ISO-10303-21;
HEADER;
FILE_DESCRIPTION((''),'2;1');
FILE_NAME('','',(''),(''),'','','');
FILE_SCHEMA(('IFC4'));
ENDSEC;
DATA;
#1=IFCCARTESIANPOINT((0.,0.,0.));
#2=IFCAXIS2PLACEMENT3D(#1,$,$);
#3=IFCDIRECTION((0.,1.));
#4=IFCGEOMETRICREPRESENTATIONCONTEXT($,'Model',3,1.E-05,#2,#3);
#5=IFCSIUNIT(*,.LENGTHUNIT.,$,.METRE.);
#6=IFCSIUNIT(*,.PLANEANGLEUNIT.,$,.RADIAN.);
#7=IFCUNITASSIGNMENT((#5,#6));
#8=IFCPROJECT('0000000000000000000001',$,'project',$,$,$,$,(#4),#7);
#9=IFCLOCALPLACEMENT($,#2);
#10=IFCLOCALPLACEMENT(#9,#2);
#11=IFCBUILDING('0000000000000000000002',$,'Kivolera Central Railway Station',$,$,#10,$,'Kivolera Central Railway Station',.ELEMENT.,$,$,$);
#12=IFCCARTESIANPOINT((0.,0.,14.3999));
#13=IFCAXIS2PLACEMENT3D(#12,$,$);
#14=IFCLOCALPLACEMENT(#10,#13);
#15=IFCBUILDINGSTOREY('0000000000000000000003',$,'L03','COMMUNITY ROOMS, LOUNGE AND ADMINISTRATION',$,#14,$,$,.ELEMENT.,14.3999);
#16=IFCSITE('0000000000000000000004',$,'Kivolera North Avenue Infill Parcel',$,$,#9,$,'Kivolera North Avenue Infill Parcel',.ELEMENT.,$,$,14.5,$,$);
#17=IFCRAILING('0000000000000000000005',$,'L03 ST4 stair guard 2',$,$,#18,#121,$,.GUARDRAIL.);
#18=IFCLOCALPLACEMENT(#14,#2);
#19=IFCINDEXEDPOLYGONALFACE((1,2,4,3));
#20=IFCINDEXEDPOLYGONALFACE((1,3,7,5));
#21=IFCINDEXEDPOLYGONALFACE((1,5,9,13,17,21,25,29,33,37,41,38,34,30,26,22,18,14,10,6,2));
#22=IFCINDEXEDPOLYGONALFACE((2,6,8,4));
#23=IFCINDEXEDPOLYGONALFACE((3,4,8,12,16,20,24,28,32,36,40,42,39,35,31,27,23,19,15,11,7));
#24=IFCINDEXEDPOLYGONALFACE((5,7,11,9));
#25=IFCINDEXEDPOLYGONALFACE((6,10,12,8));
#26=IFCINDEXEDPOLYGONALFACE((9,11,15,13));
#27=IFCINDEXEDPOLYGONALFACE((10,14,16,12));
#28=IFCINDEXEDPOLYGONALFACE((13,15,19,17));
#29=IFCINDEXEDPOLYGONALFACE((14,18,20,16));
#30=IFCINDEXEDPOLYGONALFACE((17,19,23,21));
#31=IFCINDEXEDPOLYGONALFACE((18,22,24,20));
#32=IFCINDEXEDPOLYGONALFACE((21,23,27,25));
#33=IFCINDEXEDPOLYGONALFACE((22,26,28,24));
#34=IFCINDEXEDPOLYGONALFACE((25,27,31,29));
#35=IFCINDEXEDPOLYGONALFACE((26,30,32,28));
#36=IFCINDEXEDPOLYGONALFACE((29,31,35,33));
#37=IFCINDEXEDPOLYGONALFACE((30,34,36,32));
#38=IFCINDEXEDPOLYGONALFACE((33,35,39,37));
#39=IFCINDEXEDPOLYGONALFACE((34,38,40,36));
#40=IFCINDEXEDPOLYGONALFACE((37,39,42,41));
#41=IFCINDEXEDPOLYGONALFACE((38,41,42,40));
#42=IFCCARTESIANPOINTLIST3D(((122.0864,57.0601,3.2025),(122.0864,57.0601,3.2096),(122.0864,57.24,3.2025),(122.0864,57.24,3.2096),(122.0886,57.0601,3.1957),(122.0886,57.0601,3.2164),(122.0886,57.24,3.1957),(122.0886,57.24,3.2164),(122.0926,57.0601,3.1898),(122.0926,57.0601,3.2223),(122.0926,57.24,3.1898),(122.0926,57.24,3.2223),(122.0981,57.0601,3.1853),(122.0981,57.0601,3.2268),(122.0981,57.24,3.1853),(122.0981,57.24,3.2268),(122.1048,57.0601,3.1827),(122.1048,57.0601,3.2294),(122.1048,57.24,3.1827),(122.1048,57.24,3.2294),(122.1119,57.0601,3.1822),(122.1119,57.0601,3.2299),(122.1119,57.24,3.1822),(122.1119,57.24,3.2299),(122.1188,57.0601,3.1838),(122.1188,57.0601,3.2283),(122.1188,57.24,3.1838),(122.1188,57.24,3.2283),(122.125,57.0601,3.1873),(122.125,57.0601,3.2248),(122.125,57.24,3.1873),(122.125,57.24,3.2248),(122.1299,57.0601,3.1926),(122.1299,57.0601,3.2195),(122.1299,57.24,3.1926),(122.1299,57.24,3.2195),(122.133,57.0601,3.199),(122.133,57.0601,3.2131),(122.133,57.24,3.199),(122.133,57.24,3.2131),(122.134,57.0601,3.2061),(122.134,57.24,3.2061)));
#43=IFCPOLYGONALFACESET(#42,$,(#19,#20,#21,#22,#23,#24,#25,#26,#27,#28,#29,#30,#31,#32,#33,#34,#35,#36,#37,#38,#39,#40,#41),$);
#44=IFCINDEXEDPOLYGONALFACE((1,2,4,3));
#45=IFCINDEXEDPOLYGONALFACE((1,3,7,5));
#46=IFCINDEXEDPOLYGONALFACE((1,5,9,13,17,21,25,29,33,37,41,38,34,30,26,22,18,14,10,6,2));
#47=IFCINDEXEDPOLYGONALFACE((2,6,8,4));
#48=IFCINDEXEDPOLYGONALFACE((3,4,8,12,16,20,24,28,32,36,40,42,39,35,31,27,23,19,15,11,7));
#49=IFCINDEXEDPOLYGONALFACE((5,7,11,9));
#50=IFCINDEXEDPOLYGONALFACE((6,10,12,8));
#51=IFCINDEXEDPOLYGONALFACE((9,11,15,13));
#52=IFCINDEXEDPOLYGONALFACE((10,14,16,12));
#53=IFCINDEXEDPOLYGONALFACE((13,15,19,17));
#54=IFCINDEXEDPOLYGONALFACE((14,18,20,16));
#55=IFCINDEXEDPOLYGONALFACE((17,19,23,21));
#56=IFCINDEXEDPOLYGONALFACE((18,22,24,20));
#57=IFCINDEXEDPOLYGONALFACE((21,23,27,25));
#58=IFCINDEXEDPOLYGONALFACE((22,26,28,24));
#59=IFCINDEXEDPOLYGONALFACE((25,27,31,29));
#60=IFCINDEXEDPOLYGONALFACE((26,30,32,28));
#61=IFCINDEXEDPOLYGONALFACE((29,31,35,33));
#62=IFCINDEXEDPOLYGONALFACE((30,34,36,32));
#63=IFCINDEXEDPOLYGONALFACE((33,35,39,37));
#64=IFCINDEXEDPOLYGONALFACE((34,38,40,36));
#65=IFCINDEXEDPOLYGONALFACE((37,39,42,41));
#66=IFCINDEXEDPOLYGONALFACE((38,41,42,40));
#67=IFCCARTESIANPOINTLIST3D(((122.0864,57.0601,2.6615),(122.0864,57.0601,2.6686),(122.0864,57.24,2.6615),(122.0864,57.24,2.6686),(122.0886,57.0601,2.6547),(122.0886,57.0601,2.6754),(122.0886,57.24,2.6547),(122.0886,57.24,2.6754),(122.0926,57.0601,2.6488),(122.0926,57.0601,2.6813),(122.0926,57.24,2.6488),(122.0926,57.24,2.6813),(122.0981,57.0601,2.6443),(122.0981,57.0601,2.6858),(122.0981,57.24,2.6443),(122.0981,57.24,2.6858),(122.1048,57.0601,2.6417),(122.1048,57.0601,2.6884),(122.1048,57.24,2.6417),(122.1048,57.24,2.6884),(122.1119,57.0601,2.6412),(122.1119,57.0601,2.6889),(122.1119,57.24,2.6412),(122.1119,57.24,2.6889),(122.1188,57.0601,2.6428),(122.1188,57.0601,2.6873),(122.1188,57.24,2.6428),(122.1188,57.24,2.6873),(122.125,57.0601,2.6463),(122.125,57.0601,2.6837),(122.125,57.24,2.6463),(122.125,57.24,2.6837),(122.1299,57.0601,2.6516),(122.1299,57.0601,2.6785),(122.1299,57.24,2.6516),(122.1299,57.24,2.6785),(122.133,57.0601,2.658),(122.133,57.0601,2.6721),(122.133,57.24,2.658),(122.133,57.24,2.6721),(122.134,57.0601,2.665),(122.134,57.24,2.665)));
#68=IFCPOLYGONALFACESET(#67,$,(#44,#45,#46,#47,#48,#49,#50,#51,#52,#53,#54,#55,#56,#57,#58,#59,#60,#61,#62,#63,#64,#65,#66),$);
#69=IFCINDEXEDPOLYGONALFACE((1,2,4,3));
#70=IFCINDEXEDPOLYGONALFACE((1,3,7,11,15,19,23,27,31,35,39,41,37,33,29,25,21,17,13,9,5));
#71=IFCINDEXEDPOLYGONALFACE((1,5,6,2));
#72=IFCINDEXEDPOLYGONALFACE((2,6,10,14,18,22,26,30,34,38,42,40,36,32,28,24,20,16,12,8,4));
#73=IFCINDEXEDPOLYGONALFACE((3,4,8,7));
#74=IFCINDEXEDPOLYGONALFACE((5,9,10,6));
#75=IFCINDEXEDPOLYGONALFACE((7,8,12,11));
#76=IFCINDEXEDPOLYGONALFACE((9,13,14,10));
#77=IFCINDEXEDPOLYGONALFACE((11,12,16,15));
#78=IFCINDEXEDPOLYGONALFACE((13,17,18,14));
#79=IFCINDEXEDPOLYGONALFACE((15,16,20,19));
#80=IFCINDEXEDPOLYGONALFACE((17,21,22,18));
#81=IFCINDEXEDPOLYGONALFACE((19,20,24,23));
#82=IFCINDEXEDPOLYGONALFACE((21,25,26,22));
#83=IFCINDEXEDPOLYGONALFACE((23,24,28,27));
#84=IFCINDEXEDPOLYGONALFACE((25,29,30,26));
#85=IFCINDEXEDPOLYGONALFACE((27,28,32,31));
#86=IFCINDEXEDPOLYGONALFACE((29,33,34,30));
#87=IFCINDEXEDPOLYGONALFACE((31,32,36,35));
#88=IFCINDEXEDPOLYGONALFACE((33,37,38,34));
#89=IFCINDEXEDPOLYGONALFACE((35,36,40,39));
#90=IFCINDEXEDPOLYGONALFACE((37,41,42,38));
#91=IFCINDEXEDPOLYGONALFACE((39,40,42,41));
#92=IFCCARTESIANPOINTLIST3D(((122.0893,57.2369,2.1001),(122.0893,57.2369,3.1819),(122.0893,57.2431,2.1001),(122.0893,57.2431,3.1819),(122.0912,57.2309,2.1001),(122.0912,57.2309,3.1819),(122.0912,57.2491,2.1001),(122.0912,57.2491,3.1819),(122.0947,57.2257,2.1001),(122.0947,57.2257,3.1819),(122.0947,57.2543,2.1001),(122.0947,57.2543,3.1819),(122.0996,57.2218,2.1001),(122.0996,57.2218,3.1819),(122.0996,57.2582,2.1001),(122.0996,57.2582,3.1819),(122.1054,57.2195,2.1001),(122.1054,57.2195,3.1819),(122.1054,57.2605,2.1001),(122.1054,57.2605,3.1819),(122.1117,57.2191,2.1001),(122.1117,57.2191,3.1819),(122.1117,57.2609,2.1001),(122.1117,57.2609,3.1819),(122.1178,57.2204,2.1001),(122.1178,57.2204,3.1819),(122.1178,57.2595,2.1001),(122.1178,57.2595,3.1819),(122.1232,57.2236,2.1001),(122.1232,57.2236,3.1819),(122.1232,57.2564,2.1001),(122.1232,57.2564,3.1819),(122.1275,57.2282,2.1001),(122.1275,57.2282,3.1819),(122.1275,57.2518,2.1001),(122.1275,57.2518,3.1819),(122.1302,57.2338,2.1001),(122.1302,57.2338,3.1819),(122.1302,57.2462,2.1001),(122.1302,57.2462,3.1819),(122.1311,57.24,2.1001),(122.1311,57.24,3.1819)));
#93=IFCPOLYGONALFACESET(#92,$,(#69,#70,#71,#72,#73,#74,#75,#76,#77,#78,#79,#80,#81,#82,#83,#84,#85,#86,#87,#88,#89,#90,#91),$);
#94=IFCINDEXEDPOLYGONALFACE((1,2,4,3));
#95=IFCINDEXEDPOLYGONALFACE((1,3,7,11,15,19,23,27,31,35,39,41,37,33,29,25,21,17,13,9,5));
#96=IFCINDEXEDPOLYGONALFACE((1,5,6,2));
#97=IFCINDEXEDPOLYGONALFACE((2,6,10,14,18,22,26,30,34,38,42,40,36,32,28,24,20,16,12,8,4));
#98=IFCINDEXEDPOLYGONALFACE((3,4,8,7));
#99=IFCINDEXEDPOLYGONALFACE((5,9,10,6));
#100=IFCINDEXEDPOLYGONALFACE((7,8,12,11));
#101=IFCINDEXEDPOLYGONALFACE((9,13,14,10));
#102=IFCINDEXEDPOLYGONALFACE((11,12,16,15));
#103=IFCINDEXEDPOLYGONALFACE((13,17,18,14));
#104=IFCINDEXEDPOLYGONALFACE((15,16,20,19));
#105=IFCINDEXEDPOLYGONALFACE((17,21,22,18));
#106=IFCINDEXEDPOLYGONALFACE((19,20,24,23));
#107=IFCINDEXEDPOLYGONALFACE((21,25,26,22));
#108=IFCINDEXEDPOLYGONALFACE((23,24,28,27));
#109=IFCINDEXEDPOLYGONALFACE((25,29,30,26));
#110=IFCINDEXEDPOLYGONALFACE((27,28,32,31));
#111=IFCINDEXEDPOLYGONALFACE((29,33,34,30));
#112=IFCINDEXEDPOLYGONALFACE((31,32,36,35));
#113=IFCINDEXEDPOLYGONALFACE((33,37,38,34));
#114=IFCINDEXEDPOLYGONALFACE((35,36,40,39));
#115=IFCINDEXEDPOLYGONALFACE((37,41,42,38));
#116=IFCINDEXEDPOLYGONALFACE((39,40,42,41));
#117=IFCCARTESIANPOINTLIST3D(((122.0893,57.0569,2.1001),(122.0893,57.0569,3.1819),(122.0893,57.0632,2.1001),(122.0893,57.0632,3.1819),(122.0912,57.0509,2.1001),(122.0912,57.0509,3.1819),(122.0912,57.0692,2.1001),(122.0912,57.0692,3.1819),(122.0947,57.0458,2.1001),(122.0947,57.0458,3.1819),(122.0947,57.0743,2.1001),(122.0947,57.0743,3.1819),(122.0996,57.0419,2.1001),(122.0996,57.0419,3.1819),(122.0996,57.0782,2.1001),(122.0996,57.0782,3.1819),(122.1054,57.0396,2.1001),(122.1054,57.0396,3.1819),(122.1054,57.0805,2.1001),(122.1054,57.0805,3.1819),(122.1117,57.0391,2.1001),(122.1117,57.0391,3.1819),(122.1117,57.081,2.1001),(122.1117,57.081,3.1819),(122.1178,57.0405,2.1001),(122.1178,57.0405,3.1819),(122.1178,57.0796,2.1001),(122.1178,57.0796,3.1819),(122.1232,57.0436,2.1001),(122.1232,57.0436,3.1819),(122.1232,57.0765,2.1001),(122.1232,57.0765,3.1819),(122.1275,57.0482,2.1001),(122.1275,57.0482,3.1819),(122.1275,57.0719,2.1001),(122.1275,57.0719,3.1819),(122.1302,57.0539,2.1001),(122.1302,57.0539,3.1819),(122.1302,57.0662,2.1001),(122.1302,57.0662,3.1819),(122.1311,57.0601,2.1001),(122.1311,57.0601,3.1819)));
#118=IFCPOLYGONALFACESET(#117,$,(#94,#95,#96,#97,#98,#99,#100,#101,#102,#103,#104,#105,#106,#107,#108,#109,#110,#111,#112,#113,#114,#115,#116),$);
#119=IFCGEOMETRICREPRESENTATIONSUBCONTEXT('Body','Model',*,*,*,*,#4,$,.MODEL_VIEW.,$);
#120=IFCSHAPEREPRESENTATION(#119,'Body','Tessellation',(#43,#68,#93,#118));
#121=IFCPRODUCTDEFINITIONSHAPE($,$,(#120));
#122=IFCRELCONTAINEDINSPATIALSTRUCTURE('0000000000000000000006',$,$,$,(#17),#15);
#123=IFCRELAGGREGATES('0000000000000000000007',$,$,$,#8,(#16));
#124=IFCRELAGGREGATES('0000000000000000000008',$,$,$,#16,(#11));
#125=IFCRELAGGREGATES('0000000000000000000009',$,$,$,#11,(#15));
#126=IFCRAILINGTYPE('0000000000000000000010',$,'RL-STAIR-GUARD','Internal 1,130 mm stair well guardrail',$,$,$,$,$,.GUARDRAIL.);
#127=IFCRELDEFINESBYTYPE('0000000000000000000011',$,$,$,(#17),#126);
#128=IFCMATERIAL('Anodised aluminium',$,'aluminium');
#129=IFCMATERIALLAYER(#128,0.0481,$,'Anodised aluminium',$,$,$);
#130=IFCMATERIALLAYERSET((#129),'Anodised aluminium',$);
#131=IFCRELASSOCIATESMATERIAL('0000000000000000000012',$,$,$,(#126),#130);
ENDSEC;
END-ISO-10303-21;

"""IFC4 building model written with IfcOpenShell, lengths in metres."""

from ifc_helpers import new_model, si_unit, direction, frame, origin, origin_2d, place, context, subcontext, project, spatial, circle, extrude, material, layer, layer_set, type_object, element, save


model = new_model("IFC4")

# Units and contexts
model_context = context("Model", 3, precision=1e-05, world=origin(), true_north=direction((0.0, 1.0)))
body_context = subcontext(model_context, "Body", "Model", "MODEL_VIEW")
ifc_project = project(units=[si_unit("LENGTHUNIT", "METRE"), si_unit("PLANEANGLEUNIT", "RADIAN")], contexts=[model_context])

# Site, building, storey
site_placement = place(None, origin())
site = spatial("IfcSite", under=ifc_project, at=site_placement, Name="Kivolera North Avenue Infill Parcel", LongName="Kivolera North Avenue Infill Parcel", CompositionType="ELEMENT", RefElevation=14.5)
building_placement = place(site_placement, origin())
building = spatial("IfcBuilding", under=site, at=building_placement, Name="Kivolera Central Railway Station", LongName="Kivolera Central Railway Station", CompositionType="ELEMENT")
storey_placement = place(building_placement, frame((0.0, 0.0, 14.3999)))
storey = spatial("IfcBuildingStorey", under=building, at=storey_placement, Name="L03", Description="COMMUNITY ROOMS, LOUNGE AND ADMINISTRATION", CompositionType="ELEMENT", Elevation=14.3999)

# Shared definitions
ifc_material_1 = material(Name="Anodised aluminium", Category="aluminium")

# Railing
ifc_layer_1 = layer(ifc_material_1, 0.0481, Name="Anodised aluminium")
ifc_layer_set_1 = layer_set([ifc_layer_1], Name="Anodised aluminium")
railing_type_1 = type_object("IfcRailingType", Name="RL-STAIR-GUARD", Description="Internal 1,130 mm stair well guardrail", PredefinedType="GUARDRAIL", material=ifc_layer_set_1)
railing_1_placement = place(storey_placement, frame((122.1101, 57.24, 2.1001)))
element("IfcRailing", 1, at=railing_1_placement, inside=storey, type_object=railing_type_1, Name="L03 ST4 stair guard 2", PredefinedType="GUARDRAIL", context=body_context, shape_type="SweptSolid", body=[
    extrude(circle(Radius=0.0239, at=origin_2d()), frame((0.0, 0.0, 1.106), z_axis=(0.0, -1.0, 0.0), x_axis=(1.0, 0.0, 0.0)), (0.0, 0.0, 1.0), 0.1799),
    extrude(circle(Radius=0.0239, at=origin_2d()), frame((0.0, 0.0, 0.5649), z_axis=(0.0, -1.0, 0.0), x_axis=(1.0, 0.0, 0.0)), (0.0, 0.0, 1.0), 0.1799),
    extrude(circle(Radius=0.021, at=origin_2d()), origin(), (0.0, 0.0, 1.0), 1.0818),
    extrude(circle(Radius=0.021, at=origin_2d()), frame((0.0, -0.1799, 0.0)), (0.0, 0.0, 1.0), 1.0818),
])

save(model, "model.ifc")
